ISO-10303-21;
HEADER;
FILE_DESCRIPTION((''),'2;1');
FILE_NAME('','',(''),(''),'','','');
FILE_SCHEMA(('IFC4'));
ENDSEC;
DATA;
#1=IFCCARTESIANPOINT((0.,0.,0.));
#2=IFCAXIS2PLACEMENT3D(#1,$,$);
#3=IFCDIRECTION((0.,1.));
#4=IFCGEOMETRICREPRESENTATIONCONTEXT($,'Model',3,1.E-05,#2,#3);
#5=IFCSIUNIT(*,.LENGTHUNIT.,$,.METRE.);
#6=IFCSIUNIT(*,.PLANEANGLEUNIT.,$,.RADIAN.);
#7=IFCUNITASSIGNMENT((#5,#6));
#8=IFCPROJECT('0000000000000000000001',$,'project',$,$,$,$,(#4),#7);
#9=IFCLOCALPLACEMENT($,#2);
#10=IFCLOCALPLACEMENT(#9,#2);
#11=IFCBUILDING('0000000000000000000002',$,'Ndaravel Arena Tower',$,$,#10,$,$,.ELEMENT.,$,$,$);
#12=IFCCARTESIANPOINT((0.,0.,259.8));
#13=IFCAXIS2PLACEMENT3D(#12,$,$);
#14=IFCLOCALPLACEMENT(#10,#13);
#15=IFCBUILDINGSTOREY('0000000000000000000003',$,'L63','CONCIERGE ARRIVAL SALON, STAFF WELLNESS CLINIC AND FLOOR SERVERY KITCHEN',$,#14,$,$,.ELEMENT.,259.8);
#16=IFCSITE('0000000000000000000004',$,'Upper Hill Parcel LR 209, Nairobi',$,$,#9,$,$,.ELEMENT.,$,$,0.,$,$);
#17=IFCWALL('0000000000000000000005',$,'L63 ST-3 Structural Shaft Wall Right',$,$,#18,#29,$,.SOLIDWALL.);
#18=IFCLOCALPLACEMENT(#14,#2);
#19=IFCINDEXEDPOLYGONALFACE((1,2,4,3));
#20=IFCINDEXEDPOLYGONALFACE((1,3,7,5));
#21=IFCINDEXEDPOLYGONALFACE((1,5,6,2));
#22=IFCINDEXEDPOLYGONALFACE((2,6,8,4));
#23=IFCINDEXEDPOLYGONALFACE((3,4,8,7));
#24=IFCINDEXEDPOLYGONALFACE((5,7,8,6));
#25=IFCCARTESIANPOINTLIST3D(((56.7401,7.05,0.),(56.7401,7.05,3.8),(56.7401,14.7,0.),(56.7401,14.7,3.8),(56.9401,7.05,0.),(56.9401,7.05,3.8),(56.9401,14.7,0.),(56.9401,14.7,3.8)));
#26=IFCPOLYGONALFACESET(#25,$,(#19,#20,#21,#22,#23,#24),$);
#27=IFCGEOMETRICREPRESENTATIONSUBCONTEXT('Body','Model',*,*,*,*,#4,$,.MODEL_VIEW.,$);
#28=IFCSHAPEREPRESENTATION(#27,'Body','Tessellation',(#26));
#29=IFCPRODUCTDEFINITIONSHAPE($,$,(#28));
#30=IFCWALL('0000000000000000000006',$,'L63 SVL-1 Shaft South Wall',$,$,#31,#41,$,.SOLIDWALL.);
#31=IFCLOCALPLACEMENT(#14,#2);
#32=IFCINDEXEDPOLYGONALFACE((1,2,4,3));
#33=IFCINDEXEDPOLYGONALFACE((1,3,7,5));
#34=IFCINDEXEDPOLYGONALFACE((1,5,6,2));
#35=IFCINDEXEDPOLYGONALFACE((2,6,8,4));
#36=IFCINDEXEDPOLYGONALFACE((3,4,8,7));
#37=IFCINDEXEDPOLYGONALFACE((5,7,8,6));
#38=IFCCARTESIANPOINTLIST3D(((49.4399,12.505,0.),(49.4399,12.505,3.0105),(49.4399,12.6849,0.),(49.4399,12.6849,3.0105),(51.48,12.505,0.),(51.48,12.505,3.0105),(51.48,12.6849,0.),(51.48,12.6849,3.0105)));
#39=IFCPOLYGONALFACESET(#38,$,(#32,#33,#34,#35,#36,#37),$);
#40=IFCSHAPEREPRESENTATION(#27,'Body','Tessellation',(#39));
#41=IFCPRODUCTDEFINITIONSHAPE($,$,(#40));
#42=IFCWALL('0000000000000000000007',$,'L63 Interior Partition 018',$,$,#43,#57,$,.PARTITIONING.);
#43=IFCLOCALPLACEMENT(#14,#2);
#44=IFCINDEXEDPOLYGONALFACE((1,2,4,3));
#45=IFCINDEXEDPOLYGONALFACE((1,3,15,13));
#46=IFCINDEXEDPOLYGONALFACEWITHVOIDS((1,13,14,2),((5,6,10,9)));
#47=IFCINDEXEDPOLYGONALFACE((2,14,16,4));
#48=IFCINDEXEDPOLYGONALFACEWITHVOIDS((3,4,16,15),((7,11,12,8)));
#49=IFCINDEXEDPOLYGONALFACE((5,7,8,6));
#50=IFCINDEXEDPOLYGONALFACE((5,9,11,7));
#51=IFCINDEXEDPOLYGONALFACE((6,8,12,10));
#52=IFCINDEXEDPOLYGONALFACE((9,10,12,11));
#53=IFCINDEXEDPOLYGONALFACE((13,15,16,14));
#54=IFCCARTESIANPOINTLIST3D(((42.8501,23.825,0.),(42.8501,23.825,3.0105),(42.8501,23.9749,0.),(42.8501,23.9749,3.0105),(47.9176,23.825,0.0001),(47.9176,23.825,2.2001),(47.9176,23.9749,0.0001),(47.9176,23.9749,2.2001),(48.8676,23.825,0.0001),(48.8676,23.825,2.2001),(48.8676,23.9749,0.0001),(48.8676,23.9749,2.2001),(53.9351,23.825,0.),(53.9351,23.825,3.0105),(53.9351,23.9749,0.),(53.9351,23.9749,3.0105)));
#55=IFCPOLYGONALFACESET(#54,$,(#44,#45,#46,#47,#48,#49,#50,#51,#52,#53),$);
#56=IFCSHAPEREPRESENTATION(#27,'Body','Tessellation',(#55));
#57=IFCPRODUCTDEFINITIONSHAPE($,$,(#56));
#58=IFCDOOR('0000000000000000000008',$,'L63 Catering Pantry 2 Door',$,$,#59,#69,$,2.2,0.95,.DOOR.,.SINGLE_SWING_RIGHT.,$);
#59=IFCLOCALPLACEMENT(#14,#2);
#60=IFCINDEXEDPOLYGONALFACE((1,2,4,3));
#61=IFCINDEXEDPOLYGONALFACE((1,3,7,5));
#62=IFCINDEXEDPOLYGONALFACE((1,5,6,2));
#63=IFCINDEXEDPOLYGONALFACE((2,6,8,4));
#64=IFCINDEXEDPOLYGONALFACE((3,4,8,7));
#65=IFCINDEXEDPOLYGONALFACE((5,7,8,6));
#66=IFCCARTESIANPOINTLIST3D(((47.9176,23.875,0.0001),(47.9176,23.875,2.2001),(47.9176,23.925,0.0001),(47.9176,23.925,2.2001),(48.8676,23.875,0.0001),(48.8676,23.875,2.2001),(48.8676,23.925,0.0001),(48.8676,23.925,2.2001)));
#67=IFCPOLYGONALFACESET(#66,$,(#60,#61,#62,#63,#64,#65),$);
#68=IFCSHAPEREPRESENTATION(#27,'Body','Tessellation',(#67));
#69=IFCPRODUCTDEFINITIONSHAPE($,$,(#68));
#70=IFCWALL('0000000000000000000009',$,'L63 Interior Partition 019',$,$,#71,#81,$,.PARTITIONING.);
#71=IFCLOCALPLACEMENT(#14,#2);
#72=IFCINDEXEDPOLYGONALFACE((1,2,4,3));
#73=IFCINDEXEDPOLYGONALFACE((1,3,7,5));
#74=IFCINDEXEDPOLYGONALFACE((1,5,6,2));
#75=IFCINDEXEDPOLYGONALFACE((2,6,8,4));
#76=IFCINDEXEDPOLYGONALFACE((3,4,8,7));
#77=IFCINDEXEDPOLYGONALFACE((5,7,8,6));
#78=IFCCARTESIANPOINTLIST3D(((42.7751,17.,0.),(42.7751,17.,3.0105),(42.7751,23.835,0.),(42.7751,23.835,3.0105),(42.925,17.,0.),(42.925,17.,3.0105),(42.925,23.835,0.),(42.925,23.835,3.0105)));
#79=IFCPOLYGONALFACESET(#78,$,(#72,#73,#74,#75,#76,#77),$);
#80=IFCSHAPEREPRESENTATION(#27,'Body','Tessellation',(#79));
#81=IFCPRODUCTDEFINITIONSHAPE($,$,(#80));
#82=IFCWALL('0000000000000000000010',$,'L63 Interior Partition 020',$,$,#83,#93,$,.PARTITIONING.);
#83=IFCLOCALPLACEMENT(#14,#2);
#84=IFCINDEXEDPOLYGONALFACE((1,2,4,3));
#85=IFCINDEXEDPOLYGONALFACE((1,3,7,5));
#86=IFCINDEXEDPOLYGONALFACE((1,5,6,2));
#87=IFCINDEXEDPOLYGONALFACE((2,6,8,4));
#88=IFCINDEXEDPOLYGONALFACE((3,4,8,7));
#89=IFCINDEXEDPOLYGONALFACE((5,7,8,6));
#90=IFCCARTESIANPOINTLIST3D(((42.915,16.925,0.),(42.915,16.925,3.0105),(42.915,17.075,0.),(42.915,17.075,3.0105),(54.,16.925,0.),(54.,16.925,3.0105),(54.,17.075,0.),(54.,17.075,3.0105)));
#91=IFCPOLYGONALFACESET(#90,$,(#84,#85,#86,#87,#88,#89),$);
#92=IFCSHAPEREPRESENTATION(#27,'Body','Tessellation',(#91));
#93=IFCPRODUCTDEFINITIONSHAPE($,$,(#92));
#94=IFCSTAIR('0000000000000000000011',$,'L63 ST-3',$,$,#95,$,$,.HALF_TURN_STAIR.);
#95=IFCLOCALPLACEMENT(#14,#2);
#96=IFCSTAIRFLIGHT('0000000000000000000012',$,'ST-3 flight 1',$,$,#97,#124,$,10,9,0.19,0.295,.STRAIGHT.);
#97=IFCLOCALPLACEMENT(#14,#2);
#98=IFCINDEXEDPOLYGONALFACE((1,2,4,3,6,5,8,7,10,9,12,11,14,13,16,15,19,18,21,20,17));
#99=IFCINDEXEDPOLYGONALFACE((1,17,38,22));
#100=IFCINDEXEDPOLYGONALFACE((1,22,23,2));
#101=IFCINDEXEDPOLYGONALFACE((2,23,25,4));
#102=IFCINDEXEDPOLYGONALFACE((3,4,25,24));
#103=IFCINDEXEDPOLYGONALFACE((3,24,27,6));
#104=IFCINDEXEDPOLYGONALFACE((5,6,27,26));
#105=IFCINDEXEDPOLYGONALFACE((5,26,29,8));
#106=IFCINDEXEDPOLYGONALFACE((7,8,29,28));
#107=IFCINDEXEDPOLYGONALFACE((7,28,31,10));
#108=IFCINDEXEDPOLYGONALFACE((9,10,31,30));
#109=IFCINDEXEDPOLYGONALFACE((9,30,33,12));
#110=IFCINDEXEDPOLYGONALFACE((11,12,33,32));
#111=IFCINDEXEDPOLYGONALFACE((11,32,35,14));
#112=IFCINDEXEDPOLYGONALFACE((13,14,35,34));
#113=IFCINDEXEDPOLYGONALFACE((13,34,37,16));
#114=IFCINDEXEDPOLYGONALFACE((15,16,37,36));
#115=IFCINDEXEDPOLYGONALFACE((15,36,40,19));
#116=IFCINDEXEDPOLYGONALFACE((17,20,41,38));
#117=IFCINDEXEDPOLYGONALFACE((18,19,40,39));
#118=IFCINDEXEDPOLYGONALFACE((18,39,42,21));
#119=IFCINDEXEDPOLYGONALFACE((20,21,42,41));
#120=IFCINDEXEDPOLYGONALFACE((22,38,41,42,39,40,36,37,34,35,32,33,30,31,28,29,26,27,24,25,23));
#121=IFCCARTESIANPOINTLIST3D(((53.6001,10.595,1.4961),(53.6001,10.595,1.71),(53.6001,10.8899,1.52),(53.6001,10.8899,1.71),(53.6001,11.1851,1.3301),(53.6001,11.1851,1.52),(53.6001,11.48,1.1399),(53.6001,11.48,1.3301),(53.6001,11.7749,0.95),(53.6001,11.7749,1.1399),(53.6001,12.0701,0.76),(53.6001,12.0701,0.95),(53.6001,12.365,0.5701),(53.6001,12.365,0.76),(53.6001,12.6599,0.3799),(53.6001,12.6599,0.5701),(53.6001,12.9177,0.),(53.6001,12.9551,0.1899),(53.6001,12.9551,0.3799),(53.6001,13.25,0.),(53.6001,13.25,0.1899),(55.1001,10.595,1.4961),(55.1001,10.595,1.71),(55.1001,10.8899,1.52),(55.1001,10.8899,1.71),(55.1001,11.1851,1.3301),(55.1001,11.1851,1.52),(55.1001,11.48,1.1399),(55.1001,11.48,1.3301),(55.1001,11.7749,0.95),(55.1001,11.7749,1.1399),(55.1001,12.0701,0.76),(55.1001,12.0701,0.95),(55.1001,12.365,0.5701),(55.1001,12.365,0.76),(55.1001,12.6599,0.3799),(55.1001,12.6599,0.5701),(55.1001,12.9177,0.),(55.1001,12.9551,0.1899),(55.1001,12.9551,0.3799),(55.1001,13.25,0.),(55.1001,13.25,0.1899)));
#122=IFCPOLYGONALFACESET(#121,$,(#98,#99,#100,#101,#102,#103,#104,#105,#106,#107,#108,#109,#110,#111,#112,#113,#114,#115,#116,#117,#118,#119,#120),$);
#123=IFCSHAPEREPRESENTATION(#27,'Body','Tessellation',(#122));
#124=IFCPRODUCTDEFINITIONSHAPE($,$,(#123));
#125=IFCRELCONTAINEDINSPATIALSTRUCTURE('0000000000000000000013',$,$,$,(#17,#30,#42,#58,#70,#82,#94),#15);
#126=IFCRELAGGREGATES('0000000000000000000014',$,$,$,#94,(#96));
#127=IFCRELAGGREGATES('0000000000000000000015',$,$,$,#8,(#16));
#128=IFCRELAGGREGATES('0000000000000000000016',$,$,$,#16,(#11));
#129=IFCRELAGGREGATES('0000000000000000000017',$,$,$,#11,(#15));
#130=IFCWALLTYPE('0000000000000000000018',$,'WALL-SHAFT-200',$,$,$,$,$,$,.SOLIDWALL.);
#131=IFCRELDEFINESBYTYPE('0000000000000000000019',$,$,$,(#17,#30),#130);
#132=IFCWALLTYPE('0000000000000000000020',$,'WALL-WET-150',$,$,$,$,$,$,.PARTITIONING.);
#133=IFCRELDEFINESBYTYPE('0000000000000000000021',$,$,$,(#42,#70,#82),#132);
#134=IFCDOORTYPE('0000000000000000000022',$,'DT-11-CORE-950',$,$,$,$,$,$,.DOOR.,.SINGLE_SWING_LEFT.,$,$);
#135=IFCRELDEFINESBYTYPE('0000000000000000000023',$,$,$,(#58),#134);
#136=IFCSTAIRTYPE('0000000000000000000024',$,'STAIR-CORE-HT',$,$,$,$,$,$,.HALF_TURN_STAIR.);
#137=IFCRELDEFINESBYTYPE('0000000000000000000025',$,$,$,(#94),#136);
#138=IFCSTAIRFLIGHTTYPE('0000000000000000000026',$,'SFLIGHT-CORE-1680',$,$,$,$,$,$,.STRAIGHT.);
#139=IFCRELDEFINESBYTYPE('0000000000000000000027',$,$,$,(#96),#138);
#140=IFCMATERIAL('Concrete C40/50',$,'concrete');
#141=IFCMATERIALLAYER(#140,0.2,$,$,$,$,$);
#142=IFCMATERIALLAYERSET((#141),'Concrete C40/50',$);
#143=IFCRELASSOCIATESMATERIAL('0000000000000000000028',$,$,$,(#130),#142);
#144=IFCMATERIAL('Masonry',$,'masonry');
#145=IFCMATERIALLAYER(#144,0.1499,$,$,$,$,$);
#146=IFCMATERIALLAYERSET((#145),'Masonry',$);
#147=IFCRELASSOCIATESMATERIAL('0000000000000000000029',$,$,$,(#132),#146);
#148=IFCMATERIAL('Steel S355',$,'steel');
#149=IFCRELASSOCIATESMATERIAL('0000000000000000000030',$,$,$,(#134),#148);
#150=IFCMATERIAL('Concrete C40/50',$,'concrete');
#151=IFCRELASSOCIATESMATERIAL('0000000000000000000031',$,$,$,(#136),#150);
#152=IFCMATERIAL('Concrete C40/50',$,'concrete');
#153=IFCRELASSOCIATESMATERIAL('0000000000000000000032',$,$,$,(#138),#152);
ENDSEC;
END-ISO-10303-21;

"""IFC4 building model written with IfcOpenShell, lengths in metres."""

from ifc_helpers import new_model, si_unit, direction, frame, frame_2d, origin, place, context, subcontext, project, spatial, polyline, rectangle, outline, extrude, material, layer, layer_set, type_object, element, fill, aggregate, save


model = new_model("IFC4")

# Units and contexts
model_context = context("Model", 3, precision=1e-05, world=origin(), true_north=direction((0.0, 1.0)))
body_context = subcontext(model_context, "Body", "Model", "MODEL_VIEW")
ifc_project = project(units=[si_unit("LENGTHUNIT", "METRE"), si_unit("PLANEANGLEUNIT", "RADIAN")], contexts=[model_context])

# Site, building, storey
site_placement = place(None, origin())
site = spatial("IfcSite", under=ifc_project, at=site_placement, Name="Upper Hill Parcel LR 209, Nairobi", CompositionType="ELEMENT", RefElevation=0.0)
building_placement = place(site_placement, origin())
building = spatial("IfcBuilding", under=site, at=building_placement, Name="Ndaravel Arena Tower", CompositionType="ELEMENT")
storey_placement = place(building_placement, frame((0.0, 0.0, 259.8)))
storey = spatial("IfcBuildingStorey", under=building, at=storey_placement, Name="L63", Description="CONCIERGE ARRIVAL SALON, STAFF WELLNESS CLINIC AND FLOOR SERVERY KITCHEN", CompositionType="ELEMENT", Elevation=259.8)

# Walls
ifc_material_1 = material(Name="Concrete C40/50", Category="concrete")
ifc_layer_1 = layer(ifc_material_1, 0.2)
ifc_layer_set_1 = layer_set([ifc_layer_1], Name="Concrete C40/50")
wall_type_1 = type_object("IfcWallType", Name="WALL-SHAFT-200", PredefinedType="SOLIDWALL", material=ifc_layer_set_1)
for number, where, z_axis, x_axis, name in (
    (1, (56.8401, 14.7, 0.0), (0.0, 0.0, 1.0), (0.0, -1.0, 0.0), "L63 ST-3 Structural Shaft Wall Right"),
):
    element("IfcWall", number, at=place(storey_placement, frame(where, z_axis=z_axis, x_axis=x_axis)), inside=storey, type_object=wall_type_1, Name=name, PredefinedType="SOLIDWALL", context=body_context, shape_type="SweptSolid", body=[
        extrude(rectangle(XDim=7.6499, YDim=0.2, at=frame_2d((3.825, 0.0))), origin(), (0.0, 0.0, 1.0), 3.8),
    ])
wall_1_placement = place(storey_placement, frame((49.4399, 12.595, 0.0), z_axis=(0.0, 0.0, 1.0), x_axis=(1.0, 0.0, 0.0)))
element("IfcWall", 2, at=wall_1_placement, inside=storey, type_object=wall_type_1, Name="L63 SVL-1 Shaft South Wall", PredefinedType="SOLIDWALL", context=body_context, shape_type="SweptSolid", body=[
    extrude(rectangle(XDim=2.04, YDim=0.1799, at=frame_2d((1.02, 0.0))), origin(), (0.0, 0.0, 1.0), 3.0105),
])

# Wall, opening, door
ifc_material_2 = material(Name="Masonry", Category="masonry")
ifc_layer_2 = layer(ifc_material_2, 0.1499)
ifc_layer_set_2 = layer_set([ifc_layer_2], Name="Masonry")
wall_type_2 = type_object("IfcWallType", Name="WALL-WET-150", PredefinedType="PARTITIONING", material=ifc_layer_set_2)
wall_2_placement = place(storey_placement, frame((53.9351, 23.8999, 0.0), z_axis=(0.0, 0.0, 1.0), x_axis=(-1.0, 0.0, 0.0)))
wall_2 = element("IfcWall", 3, at=wall_2_placement, inside=storey, type_object=wall_type_2, Name="L63 Interior Partition 018", PredefinedType="PARTITIONING", context=body_context, shape_type="SweptSolid", body=[
    extrude(rectangle(XDim=11.085, YDim=0.1499, at=frame_2d((5.5425, 0.0))), origin(), (0.0, 0.0, 1.0), 3.0105),
])
opening_1_placement = place(wall_2_placement, frame((5.0674, 0.0, 0.0)))
opening_1 = element("IfcOpeningElement", 4, at=opening_1_placement, cuts=wall_2, PredefinedType="OPENING", context=body_context, shape_type="SweptSolid", body=[
    extrude(rectangle(XDim=0.95, YDim=2.2, at=frame_2d((0.4751, 1.1001))), frame((0.0, 0.075, 0.0), z_axis=(0.0, -1.0, 0.0), x_axis=(1.0, 0.0, 0.0)), (0.0, 0.0, 1.0), 0.1499),
])
ifc_material_3 = material(Name="Steel S355", Category="steel")
door_type_1 = type_object("IfcDoorType", Name="DT-11-CORE-950", OperationType="SINGLE_SWING_LEFT", PredefinedType="DOOR", material=ifc_material_3)
door_1_placement = place(opening_1_placement, origin())
door_1 = element("IfcDoor", 5, at=door_1_placement, inside=storey, type_object=door_type_1, Name="L63 Catering Pantry 2 Door", OperationType="SINGLE_SWING_RIGHT", OverallHeight=2.2, OverallWidth=0.95, PredefinedType="DOOR", context=body_context, shape_type="SweptSolid", body=[
    extrude(rectangle(XDim=0.95, YDim=2.2, at=frame_2d((0.4751, 1.1001))), frame((0.0, 0.0249, 0.0), z_axis=(0.0, -1.0, 0.0), x_axis=(1.0, 0.0, 0.0)), (0.0, 0.0, 1.0), 0.05),
])
fill(opening_1, door_1)

# Walls
wall_3_placement = place(storey_placement, frame((42.8501, 23.835, 0.0), z_axis=(0.0, 0.0, 1.0), x_axis=(0.0, -1.0, 0.0)))
element("IfcWall", 6, at=wall_3_placement, inside=storey, type_object=wall_type_2, Name="L63 Interior Partition 019", PredefinedType="PARTITIONING", context=body_context, shape_type="SweptSolid", body=[
    extrude(rectangle(XDim=6.835, YDim=0.1499, at=frame_2d((3.4175, 0.0))), origin(), (0.0, 0.0, 1.0), 3.0105),
])
wall_4_placement = place(storey_placement, frame((42.915, 17.0, 0.0), z_axis=(0.0, 0.0, 1.0), x_axis=(1.0, 0.0, 0.0)))
element("IfcWall", 7, at=wall_4_placement, inside=storey, type_object=wall_type_2, Name="L63 Interior Partition 020", PredefinedType="PARTITIONING", context=body_context, shape_type="SweptSolid", body=[
    extrude(rectangle(XDim=11.085, YDim=0.1499, at=frame_2d((5.5425, 0.0))), origin(), (0.0, 0.0, 1.0), 3.0105),
])

# Stair, stair flight
ifc_material_4 = material(Name="Concrete C40/50", Category="concrete")
stair_type = type_object("IfcStairType", Name="STAIR-CORE-HT", PredefinedType="HALF_TURN_STAIR", material=ifc_material_4)
stair_placement = place(storey_placement, origin())
stair = element("IfcStair", 8, at=stair_placement, inside=storey, type_object=stair_type, Name="L63 ST-3", PredefinedType="HALF_TURN_STAIR")
ifc_material_5 = material(Name="Concrete C40/50", Category="concrete")
stair_flight_type = type_object("IfcStairFlightType", Name="SFLIGHT-CORE-1680", PredefinedType="STRAIGHT", material=ifc_material_5)
stair_flight_placement = place(storey_placement, frame((54.3501, 13.25, 0.0), z_axis=(0.0, 0.0, 1.0), x_axis=(0.0, -1.0, 0.0)))
stair_flight = element("IfcStairFlight", 9, at=stair_flight_placement, type_object=stair_flight_type, Name="ST-3 flight 1", NumberOfRisers=10, NumberOfTreads=9, PredefinedType="STRAIGHT", RiserHeight=0.19, TreadLength=0.295, context=body_context, shape_type="SweptSolid", body=[
    extrude(outline(polyline([(0.0, 0.0), (0.0, 0.1899), (0.2949, 0.1899), (0.2949, 0.3799), (0.5901, 0.3799), (0.5901, 0.5701), (0.885, 0.5701), (0.885, 0.76), (1.1799, 0.76), (1.1799, 0.95), (1.4751, 0.95), (1.4751, 1.1399), (1.77, 1.1399), (1.77, 1.3301), (2.0649, 1.3301), (2.0649, 1.52), (2.3601, 1.52), (2.3601, 1.71), (2.655, 1.71), (2.655, 1.8999), (2.655, 1.4961), (0.3323, 0.0), (0.0, 0.0)])), frame((0.0, 0.75, 0.0), z_axis=(0.0, -1.0, 0.0), x_axis=(1.0, 0.0, 0.0)), (0.0, 0.0, 1.0), 1.5),
])
aggregate(stair, [stair_flight])

save(model, "model.ifc")
